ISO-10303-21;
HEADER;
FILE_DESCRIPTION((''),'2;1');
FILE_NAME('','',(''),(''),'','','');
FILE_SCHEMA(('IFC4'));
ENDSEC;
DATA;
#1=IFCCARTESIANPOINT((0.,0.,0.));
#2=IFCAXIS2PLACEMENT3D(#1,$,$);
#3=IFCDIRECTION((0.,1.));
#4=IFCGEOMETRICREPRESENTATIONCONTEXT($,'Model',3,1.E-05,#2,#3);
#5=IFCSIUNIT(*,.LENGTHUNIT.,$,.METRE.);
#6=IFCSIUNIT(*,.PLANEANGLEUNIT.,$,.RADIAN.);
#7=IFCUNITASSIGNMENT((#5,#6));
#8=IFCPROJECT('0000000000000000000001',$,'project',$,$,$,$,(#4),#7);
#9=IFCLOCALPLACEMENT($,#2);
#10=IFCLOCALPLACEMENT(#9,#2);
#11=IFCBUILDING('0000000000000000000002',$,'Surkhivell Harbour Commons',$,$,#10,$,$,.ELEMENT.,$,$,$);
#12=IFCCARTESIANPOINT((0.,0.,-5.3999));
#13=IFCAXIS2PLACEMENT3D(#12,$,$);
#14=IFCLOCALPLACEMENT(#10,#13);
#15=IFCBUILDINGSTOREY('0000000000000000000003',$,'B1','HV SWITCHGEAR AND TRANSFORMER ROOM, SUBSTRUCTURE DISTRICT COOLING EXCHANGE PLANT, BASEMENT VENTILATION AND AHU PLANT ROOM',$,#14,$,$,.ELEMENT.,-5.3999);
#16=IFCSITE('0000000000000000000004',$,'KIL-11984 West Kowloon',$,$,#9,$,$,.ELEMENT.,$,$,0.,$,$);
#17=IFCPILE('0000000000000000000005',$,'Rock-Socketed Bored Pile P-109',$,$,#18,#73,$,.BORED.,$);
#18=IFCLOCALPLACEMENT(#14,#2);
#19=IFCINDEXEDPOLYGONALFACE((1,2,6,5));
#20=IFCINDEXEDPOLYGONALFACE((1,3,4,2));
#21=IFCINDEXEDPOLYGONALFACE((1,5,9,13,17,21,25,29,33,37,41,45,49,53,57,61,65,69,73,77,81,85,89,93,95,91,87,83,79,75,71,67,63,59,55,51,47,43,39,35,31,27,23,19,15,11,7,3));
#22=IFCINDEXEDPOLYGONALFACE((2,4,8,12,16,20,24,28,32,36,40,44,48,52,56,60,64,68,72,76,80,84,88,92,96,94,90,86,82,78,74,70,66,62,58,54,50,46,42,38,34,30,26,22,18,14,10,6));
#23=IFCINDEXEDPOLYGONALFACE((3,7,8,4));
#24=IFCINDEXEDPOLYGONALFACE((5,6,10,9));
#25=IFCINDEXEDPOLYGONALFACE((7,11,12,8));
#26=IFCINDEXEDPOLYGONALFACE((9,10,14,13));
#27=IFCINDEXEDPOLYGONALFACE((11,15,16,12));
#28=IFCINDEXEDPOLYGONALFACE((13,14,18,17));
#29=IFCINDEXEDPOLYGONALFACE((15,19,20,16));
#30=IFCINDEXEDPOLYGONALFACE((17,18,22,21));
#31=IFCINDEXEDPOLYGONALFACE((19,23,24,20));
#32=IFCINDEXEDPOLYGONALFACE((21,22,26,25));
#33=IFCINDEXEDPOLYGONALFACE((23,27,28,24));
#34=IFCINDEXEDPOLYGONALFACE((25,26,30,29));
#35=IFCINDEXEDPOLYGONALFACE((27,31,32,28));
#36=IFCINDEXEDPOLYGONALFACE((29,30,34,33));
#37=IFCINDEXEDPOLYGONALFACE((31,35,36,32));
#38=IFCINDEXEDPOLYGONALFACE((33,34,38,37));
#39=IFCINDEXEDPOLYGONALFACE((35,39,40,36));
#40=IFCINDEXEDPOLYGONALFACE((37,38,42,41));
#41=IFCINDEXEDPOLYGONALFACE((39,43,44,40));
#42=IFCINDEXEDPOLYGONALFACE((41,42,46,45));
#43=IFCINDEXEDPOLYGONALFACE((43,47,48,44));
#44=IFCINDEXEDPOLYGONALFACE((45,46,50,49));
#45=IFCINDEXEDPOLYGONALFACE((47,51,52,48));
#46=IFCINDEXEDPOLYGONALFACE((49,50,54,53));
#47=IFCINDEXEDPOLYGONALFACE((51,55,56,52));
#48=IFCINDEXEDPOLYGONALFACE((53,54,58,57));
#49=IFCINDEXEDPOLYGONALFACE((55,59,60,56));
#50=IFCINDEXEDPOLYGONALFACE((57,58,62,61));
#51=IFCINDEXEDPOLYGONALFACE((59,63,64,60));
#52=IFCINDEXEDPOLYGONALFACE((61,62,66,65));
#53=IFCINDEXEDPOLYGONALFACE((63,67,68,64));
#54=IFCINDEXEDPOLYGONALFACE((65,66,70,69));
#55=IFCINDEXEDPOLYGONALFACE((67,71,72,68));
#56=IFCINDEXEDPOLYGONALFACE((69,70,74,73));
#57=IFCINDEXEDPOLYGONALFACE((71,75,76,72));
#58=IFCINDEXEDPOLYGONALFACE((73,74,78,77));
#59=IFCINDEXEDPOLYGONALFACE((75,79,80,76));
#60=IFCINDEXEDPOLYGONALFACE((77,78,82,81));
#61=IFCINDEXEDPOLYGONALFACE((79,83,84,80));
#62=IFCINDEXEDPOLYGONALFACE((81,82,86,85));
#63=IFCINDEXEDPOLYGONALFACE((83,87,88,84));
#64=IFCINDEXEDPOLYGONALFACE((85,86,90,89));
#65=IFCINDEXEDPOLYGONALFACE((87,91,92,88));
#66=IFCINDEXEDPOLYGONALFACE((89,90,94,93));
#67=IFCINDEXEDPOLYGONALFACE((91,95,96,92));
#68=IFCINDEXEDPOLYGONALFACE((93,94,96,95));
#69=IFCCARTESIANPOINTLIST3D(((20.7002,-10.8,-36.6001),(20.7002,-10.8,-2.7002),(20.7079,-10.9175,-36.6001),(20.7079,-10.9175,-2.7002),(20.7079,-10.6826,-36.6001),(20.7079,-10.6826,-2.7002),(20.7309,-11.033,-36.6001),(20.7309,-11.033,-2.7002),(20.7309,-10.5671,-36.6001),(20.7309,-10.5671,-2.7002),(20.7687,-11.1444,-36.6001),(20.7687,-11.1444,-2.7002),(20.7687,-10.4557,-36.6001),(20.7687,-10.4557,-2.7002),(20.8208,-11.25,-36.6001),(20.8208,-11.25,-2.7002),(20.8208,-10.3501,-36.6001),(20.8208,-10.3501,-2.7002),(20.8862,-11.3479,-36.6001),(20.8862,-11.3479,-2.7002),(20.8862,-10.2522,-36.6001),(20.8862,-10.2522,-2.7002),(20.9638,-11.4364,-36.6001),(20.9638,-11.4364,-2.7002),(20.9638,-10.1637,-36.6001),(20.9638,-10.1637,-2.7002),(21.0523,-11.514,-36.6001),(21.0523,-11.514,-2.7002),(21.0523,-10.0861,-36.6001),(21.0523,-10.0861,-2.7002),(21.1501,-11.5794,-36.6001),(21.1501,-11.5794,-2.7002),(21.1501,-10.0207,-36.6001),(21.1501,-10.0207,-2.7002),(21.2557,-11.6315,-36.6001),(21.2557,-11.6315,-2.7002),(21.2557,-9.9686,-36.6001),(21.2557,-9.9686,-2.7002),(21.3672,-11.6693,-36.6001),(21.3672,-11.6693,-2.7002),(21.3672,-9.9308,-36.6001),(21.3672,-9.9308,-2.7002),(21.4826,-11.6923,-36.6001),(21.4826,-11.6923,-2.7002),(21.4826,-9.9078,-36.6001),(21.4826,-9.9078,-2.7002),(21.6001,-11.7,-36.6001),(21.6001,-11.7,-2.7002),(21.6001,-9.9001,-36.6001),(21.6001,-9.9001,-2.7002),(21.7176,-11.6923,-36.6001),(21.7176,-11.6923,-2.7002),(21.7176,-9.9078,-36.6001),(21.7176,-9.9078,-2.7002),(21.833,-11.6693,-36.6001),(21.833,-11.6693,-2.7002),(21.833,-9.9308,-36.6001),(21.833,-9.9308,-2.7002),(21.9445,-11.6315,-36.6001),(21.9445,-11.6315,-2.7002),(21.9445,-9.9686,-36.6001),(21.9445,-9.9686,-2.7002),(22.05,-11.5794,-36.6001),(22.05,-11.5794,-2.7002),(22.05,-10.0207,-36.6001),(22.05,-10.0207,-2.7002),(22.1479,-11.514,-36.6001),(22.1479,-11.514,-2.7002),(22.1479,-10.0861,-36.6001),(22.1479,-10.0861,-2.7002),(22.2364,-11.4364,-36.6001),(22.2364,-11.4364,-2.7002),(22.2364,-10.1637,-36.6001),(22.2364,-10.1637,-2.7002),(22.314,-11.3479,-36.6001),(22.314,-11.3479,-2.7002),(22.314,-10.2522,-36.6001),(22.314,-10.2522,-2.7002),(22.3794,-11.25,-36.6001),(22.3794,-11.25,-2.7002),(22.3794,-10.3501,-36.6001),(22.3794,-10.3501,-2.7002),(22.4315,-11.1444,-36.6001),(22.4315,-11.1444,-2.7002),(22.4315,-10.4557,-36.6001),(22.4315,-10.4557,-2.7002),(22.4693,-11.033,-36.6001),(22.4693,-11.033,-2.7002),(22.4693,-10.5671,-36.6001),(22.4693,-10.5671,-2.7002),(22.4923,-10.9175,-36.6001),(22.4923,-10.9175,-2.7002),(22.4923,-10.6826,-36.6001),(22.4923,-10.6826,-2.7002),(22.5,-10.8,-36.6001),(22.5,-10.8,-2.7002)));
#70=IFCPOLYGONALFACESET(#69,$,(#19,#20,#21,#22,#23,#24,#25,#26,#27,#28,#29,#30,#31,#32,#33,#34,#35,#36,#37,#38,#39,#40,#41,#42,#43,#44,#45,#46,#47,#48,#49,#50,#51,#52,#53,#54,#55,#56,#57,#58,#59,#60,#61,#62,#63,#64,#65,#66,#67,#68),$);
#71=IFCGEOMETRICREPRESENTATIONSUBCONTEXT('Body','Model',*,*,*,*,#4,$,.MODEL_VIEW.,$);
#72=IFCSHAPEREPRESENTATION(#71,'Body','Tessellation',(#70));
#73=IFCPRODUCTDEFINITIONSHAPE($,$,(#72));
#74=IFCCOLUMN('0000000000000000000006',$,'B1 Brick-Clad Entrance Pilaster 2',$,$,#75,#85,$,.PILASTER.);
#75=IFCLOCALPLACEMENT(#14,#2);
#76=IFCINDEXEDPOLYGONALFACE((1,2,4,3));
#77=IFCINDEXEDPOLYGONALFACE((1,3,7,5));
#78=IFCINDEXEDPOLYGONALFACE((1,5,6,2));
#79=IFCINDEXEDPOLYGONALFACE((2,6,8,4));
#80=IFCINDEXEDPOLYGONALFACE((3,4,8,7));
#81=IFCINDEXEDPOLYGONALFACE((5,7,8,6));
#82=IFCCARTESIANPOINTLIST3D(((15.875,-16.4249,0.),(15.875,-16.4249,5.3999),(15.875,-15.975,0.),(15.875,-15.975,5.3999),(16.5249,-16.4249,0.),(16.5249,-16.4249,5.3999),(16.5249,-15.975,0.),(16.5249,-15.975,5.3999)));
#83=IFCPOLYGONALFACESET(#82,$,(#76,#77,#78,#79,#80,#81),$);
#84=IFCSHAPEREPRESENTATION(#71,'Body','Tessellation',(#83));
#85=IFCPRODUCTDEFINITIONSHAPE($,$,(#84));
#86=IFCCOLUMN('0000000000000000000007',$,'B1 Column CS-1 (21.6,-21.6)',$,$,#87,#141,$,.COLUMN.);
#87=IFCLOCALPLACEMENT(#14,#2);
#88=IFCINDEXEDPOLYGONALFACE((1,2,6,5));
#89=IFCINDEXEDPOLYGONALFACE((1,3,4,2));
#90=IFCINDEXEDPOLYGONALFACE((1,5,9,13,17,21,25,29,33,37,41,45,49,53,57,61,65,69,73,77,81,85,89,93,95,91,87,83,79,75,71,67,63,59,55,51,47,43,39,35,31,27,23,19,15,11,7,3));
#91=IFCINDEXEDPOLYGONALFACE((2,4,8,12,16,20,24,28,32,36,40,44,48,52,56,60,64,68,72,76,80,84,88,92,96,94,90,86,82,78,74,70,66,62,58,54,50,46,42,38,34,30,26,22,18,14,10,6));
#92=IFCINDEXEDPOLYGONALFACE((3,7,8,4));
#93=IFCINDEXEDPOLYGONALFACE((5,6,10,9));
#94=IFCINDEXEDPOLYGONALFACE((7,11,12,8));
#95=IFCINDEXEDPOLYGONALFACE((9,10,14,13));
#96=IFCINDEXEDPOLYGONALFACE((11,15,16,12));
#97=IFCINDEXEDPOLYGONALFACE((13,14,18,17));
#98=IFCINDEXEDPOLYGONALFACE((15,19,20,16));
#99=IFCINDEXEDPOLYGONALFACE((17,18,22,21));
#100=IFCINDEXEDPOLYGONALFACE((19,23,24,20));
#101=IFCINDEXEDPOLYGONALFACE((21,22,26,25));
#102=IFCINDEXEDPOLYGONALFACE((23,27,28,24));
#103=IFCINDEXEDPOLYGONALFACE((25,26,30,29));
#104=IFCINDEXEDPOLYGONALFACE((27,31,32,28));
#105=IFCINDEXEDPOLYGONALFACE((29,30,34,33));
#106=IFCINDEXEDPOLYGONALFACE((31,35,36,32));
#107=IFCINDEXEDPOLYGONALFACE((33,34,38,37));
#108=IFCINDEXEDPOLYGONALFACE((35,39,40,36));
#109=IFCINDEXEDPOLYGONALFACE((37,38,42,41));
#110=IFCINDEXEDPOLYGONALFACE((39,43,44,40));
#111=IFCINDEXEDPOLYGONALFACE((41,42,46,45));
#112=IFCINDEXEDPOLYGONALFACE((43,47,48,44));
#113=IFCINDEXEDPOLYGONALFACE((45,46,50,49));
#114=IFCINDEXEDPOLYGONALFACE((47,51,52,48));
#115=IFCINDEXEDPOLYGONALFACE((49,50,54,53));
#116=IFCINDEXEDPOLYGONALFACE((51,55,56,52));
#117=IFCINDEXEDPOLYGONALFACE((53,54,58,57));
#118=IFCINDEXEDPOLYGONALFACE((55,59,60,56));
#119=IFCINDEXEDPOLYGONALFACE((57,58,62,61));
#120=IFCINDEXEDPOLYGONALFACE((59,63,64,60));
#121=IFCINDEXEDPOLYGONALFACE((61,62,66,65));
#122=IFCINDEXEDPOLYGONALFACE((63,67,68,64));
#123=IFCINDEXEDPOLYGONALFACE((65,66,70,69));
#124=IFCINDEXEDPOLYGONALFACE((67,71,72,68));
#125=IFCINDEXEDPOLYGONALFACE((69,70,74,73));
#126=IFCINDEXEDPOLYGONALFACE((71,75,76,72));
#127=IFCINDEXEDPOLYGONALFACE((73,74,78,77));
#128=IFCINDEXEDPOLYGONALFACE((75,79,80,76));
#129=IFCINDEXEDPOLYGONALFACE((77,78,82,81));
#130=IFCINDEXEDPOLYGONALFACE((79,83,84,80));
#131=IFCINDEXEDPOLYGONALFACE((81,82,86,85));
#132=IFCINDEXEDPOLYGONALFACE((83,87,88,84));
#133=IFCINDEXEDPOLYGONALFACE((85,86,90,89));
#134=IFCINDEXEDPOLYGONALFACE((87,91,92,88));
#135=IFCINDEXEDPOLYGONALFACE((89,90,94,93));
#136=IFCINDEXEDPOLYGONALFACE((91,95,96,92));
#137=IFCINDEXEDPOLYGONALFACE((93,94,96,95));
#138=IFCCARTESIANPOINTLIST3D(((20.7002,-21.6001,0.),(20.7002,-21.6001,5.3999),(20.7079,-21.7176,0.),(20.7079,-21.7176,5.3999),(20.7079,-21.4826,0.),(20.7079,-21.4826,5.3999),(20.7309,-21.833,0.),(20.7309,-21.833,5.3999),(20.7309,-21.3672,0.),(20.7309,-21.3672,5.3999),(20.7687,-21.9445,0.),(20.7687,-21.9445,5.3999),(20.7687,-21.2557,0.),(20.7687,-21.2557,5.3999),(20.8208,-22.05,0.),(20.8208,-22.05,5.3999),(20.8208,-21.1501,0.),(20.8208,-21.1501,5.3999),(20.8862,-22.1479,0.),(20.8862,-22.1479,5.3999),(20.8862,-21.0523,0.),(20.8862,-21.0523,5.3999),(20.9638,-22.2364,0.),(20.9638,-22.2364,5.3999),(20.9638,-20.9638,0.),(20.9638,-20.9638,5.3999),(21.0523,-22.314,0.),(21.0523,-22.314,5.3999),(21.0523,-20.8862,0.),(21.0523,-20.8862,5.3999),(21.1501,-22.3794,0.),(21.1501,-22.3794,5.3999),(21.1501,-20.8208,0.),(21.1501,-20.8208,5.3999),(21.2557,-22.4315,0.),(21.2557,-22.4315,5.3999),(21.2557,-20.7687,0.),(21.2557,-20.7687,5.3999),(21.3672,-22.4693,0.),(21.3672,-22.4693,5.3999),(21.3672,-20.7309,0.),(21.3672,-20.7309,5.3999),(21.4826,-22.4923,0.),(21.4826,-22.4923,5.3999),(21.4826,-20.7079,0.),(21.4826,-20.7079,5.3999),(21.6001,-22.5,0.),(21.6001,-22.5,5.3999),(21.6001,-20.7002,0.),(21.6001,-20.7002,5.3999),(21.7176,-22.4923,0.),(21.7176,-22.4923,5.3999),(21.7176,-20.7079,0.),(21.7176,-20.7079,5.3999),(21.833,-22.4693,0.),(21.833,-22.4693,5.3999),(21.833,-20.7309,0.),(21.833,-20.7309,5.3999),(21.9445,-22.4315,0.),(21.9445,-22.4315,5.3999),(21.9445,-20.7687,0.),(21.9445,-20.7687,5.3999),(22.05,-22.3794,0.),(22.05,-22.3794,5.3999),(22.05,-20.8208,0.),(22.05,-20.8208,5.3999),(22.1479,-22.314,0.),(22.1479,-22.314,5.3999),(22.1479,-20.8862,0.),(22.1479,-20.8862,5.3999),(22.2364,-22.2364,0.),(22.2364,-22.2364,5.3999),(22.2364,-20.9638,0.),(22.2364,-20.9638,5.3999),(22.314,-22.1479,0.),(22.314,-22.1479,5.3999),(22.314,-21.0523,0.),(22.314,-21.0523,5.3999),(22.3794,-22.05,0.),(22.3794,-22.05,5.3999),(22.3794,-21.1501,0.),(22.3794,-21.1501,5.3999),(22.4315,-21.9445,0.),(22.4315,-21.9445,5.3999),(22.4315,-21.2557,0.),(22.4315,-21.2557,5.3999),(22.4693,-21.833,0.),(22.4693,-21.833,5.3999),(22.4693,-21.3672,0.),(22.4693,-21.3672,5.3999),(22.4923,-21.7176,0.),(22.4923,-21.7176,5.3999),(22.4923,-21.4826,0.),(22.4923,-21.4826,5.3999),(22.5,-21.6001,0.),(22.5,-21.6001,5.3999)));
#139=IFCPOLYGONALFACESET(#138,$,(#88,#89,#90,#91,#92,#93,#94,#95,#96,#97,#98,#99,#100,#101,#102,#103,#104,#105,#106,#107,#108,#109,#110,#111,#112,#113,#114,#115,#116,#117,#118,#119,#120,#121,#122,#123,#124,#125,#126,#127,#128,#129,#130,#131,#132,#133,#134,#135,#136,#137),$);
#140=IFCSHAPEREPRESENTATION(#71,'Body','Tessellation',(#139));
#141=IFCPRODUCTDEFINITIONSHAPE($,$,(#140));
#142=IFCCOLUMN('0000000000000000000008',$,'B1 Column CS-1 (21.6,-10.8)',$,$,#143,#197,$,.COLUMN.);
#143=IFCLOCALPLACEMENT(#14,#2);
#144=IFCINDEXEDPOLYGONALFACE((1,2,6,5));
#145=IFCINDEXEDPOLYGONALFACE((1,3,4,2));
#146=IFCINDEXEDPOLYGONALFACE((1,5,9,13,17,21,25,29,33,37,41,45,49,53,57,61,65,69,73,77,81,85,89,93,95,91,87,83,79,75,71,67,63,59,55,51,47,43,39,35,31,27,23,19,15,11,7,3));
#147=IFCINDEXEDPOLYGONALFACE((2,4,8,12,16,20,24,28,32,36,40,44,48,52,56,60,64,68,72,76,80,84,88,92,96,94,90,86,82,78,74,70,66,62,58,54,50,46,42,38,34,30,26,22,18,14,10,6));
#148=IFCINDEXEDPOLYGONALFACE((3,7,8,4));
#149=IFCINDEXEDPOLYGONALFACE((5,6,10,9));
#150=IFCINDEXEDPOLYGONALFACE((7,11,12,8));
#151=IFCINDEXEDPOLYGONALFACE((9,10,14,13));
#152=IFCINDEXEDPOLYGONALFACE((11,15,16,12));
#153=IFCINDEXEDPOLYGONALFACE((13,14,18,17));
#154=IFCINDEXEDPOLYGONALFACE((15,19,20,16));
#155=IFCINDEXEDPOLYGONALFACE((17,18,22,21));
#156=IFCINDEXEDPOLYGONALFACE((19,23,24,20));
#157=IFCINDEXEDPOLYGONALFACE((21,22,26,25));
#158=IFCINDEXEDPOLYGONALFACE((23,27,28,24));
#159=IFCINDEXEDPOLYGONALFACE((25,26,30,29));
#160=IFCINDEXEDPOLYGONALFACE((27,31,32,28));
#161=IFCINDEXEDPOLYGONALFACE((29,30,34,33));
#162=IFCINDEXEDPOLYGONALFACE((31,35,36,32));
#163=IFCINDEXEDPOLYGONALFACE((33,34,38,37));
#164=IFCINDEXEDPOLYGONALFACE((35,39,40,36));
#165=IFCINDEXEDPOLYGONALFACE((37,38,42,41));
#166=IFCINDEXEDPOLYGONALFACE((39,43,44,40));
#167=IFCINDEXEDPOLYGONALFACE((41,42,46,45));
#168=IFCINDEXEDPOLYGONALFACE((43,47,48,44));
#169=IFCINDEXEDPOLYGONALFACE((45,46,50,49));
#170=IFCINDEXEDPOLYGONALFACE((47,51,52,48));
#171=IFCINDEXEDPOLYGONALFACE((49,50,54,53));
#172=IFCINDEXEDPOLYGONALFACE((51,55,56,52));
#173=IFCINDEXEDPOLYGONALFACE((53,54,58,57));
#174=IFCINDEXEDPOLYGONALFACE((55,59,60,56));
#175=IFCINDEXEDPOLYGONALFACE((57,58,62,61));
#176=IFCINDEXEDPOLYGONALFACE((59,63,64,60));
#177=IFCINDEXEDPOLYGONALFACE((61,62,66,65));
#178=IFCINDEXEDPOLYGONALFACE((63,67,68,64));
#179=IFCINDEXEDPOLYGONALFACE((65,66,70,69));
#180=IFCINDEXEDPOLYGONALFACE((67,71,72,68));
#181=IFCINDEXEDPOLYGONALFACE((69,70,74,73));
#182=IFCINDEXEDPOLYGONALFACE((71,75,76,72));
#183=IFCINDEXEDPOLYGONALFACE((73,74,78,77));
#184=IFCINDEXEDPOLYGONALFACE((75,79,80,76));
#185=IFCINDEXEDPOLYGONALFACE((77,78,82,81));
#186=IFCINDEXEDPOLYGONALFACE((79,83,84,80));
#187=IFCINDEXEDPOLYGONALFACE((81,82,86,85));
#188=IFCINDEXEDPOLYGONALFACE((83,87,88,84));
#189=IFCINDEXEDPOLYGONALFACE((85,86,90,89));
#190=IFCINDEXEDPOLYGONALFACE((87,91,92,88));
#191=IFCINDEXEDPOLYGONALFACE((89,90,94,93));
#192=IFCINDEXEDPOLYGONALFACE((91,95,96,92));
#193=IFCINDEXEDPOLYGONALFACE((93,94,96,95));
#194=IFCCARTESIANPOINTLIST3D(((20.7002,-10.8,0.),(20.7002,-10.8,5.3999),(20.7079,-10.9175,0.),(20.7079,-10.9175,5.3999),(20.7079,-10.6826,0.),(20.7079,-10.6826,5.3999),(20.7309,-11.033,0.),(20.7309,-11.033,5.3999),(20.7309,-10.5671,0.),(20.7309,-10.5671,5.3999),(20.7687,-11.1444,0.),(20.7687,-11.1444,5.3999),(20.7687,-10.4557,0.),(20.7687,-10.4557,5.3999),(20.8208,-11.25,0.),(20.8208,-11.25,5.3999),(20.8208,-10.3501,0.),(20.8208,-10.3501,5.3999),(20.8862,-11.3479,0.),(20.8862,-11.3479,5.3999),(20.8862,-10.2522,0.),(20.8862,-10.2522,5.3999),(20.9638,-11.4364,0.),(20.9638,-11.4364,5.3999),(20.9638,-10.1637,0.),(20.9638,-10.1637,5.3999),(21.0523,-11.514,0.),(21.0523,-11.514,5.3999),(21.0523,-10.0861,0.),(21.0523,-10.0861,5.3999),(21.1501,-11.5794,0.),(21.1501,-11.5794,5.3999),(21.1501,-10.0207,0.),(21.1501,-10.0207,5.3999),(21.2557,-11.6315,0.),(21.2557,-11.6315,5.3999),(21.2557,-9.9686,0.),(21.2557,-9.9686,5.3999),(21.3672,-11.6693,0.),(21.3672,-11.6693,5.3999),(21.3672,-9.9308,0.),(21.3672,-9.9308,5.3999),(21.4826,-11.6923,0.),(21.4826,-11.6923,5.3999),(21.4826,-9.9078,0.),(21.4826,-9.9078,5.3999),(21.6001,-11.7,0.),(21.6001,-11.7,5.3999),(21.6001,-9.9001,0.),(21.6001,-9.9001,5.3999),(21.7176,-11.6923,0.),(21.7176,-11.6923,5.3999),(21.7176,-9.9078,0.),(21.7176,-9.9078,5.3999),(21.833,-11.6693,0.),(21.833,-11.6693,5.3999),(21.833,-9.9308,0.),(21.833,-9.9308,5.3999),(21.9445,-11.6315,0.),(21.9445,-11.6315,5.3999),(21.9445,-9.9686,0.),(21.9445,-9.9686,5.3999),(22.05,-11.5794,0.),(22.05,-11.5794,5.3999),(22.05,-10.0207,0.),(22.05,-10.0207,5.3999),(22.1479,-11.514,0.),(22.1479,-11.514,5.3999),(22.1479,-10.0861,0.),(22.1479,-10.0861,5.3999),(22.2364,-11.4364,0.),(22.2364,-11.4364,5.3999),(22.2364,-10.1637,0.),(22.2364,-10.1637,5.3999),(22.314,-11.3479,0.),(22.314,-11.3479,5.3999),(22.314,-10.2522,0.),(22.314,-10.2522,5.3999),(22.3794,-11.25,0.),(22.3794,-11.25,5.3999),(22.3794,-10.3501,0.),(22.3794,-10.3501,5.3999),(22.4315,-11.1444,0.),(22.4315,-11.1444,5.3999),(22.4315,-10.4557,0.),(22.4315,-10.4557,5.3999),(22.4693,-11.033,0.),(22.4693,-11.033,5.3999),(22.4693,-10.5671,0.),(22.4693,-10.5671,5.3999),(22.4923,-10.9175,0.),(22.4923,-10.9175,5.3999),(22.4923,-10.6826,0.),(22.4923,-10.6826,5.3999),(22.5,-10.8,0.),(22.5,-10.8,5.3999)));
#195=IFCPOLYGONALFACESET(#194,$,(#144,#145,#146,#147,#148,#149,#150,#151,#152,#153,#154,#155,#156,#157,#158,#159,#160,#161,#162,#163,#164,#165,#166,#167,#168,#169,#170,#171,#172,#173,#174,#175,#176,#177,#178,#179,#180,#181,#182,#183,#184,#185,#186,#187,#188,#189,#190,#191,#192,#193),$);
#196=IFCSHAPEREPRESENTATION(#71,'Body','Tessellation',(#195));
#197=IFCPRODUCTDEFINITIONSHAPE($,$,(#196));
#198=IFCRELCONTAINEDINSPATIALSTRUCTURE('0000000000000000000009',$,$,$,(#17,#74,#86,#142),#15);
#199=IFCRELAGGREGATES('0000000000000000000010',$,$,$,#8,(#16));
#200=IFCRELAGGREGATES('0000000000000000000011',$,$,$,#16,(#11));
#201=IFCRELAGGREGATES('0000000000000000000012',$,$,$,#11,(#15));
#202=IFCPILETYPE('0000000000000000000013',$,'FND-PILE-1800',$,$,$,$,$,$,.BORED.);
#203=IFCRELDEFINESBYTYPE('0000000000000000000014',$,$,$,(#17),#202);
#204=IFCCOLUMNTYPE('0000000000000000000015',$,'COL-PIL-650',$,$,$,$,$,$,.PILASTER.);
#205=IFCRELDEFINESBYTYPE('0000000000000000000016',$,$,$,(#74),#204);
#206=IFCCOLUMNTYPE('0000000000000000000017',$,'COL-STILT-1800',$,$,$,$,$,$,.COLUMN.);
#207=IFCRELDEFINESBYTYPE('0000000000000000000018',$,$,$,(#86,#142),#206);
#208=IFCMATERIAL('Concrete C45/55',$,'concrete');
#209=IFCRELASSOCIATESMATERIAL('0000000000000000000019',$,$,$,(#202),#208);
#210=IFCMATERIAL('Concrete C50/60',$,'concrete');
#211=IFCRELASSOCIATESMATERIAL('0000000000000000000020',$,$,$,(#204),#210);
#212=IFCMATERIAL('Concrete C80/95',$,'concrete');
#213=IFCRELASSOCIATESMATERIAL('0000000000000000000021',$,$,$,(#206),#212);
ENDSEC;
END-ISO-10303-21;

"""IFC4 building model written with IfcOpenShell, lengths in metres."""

from ifc_helpers import new_model, si_unit, direction, frame, origin, origin_2d, place, context, subcontext, project, spatial, rectangle, circle, extrude, material, material_profile, profile_set, type_object, element, save


model = new_model("IFC4")

# Units and contexts
model_context = context("Model", 3, precision=1e-05, world=origin(), true_north=direction((0.0, 1.0)))
body_context = subcontext(model_context, "Body", "Model", "MODEL_VIEW")
ifc_project = project(units=[si_unit("LENGTHUNIT", "METRE"), si_unit("PLANEANGLEUNIT", "RADIAN")], contexts=[model_context])

# Site, building, storey
site_placement = place(None, origin())
site = spatial("IfcSite", under=ifc_project, at=site_placement, Name="KIL-11984 West Kowloon", CompositionType="ELEMENT", RefElevation=0.0)
building_placement = place(site_placement, origin())
building = spatial("IfcBuilding", under=site, at=building_placement, Name="Surkhivell Harbour Commons", CompositionType="ELEMENT")
storey_placement = place(building_placement, frame((0.0, 0.0, -5.3999)))
storey = spatial("IfcBuildingStorey", under=building, at=storey_placement, Name="B1", Description="HV SWITCHGEAR AND TRANSFORMER ROOM, SUBSTRUCTURE DISTRICT COOLING EXCHANGE PLANT, BASEMENT VENTILATION AND AHU PLANT ROOM", CompositionType="ELEMENT", Elevation=-5.3999)

# Pile
ifc_material_1 = material(Name="Concrete C45/55", Category="concrete")
ifc_material_profile_1 = material_profile(ifc_material_1, circle(Radius=0.8999, at=origin_2d()), Name="PILE-1800")
ifc_profile_set_1 = profile_set([ifc_material_profile_1], Name="Concrete C45/55")
pile_type_1 = type_object("IfcPileType", Name="FND-PILE-1800", PredefinedType="BORED", material=ifc_profile_set_1)
for number, where, z_axis, x_axis, name in (
    (1, (21.6001, -10.8, -2.7002), (0.0, 0.0, -1.0), (1.0, 0.0, 0.0), "Rock-Socketed Bored Pile P-109"),
):
    element("IfcPile", number, at=place(storey_placement, frame(where, z_axis=z_axis, x_axis=x_axis)), inside=storey, type_object=pile_type_1, Name=name, PredefinedType="BORED", context=body_context, shape_type="SweptSolid", body=[
        extrude(circle(Radius=0.8999, at=origin_2d()), origin(), (0.0, 0.0, 1.0), 33.8999),
    ])

# Columns
ifc_material_2 = material(Name="Concrete C50/60", Category="concrete")
ifc_material_profile_2 = material_profile(ifc_material_2, rectangle(XDim=0.6499, YDim=0.45, at=origin_2d()), Name="RC-PIL-650x450")
ifc_profile_set_2 = profile_set([ifc_material_profile_2], Name="Concrete C50/60")
column_type_1 = type_object("IfcColumnType", Name="COL-PIL-650", PredefinedType="PILASTER", material=ifc_profile_set_2)
column_placement = place(storey_placement, frame((16.2, -16.2, 0.0), z_axis=(0.0, 0.0, 1.0), x_axis=(1.0, 0.0, 0.0)))
element("IfcColumn", 2, at=column_placement, inside=storey, type_object=column_type_1, Name="B1 Brick-Clad Entrance Pilaster 2", PredefinedType="PILASTER", context=body_context, shape_type="SweptSolid", body=[
    extrude(rectangle(XDim=0.6499, YDim=0.45, at=origin_2d()), origin(), (0.0, 0.0, 1.0), 5.3999),
])
ifc_material_3 = material(Name="Concrete C80/95", Category="concrete")
ifc_material_profile_3 = material_profile(ifc_material_3, circle(Radius=0.8999, at=origin_2d()), Name="RC-CIRC-1800")
ifc_profile_set_3 = profile_set([ifc_material_profile_3], Name="Concrete C80/95")
column_type_2 = type_object("IfcColumnType", Name="COL-STILT-1800", PredefinedType="COLUMN", material=ifc_profile_set_3)
for number, where, z_axis, x_axis, name in (
    (3, (21.6001, -21.6001, 0.0), (0.0, 0.0, 1.0), (1.0, 0.0, 0.0), "B1 Column CS-1 (21.6,-21.6)"),
    (4, (21.6001, -10.8, 0.0), (0.0, 0.0, 1.0), (1.0, 0.0, 0.0), "B1 Column CS-1 (21.6,-10.8)"),
):
    element("IfcColumn", number, at=place(storey_placement, frame(where, z_axis=z_axis, x_axis=x_axis)), inside=storey, type_object=column_type_2, Name=name, PredefinedType="COLUMN", context=body_context, shape_type="SweptSolid", body=[
        extrude(circle(Radius=0.8999, at=origin_2d()), origin(), (0.0, 0.0, 1.0), 5.3999),
    ])

save(model, "model.ifc")
